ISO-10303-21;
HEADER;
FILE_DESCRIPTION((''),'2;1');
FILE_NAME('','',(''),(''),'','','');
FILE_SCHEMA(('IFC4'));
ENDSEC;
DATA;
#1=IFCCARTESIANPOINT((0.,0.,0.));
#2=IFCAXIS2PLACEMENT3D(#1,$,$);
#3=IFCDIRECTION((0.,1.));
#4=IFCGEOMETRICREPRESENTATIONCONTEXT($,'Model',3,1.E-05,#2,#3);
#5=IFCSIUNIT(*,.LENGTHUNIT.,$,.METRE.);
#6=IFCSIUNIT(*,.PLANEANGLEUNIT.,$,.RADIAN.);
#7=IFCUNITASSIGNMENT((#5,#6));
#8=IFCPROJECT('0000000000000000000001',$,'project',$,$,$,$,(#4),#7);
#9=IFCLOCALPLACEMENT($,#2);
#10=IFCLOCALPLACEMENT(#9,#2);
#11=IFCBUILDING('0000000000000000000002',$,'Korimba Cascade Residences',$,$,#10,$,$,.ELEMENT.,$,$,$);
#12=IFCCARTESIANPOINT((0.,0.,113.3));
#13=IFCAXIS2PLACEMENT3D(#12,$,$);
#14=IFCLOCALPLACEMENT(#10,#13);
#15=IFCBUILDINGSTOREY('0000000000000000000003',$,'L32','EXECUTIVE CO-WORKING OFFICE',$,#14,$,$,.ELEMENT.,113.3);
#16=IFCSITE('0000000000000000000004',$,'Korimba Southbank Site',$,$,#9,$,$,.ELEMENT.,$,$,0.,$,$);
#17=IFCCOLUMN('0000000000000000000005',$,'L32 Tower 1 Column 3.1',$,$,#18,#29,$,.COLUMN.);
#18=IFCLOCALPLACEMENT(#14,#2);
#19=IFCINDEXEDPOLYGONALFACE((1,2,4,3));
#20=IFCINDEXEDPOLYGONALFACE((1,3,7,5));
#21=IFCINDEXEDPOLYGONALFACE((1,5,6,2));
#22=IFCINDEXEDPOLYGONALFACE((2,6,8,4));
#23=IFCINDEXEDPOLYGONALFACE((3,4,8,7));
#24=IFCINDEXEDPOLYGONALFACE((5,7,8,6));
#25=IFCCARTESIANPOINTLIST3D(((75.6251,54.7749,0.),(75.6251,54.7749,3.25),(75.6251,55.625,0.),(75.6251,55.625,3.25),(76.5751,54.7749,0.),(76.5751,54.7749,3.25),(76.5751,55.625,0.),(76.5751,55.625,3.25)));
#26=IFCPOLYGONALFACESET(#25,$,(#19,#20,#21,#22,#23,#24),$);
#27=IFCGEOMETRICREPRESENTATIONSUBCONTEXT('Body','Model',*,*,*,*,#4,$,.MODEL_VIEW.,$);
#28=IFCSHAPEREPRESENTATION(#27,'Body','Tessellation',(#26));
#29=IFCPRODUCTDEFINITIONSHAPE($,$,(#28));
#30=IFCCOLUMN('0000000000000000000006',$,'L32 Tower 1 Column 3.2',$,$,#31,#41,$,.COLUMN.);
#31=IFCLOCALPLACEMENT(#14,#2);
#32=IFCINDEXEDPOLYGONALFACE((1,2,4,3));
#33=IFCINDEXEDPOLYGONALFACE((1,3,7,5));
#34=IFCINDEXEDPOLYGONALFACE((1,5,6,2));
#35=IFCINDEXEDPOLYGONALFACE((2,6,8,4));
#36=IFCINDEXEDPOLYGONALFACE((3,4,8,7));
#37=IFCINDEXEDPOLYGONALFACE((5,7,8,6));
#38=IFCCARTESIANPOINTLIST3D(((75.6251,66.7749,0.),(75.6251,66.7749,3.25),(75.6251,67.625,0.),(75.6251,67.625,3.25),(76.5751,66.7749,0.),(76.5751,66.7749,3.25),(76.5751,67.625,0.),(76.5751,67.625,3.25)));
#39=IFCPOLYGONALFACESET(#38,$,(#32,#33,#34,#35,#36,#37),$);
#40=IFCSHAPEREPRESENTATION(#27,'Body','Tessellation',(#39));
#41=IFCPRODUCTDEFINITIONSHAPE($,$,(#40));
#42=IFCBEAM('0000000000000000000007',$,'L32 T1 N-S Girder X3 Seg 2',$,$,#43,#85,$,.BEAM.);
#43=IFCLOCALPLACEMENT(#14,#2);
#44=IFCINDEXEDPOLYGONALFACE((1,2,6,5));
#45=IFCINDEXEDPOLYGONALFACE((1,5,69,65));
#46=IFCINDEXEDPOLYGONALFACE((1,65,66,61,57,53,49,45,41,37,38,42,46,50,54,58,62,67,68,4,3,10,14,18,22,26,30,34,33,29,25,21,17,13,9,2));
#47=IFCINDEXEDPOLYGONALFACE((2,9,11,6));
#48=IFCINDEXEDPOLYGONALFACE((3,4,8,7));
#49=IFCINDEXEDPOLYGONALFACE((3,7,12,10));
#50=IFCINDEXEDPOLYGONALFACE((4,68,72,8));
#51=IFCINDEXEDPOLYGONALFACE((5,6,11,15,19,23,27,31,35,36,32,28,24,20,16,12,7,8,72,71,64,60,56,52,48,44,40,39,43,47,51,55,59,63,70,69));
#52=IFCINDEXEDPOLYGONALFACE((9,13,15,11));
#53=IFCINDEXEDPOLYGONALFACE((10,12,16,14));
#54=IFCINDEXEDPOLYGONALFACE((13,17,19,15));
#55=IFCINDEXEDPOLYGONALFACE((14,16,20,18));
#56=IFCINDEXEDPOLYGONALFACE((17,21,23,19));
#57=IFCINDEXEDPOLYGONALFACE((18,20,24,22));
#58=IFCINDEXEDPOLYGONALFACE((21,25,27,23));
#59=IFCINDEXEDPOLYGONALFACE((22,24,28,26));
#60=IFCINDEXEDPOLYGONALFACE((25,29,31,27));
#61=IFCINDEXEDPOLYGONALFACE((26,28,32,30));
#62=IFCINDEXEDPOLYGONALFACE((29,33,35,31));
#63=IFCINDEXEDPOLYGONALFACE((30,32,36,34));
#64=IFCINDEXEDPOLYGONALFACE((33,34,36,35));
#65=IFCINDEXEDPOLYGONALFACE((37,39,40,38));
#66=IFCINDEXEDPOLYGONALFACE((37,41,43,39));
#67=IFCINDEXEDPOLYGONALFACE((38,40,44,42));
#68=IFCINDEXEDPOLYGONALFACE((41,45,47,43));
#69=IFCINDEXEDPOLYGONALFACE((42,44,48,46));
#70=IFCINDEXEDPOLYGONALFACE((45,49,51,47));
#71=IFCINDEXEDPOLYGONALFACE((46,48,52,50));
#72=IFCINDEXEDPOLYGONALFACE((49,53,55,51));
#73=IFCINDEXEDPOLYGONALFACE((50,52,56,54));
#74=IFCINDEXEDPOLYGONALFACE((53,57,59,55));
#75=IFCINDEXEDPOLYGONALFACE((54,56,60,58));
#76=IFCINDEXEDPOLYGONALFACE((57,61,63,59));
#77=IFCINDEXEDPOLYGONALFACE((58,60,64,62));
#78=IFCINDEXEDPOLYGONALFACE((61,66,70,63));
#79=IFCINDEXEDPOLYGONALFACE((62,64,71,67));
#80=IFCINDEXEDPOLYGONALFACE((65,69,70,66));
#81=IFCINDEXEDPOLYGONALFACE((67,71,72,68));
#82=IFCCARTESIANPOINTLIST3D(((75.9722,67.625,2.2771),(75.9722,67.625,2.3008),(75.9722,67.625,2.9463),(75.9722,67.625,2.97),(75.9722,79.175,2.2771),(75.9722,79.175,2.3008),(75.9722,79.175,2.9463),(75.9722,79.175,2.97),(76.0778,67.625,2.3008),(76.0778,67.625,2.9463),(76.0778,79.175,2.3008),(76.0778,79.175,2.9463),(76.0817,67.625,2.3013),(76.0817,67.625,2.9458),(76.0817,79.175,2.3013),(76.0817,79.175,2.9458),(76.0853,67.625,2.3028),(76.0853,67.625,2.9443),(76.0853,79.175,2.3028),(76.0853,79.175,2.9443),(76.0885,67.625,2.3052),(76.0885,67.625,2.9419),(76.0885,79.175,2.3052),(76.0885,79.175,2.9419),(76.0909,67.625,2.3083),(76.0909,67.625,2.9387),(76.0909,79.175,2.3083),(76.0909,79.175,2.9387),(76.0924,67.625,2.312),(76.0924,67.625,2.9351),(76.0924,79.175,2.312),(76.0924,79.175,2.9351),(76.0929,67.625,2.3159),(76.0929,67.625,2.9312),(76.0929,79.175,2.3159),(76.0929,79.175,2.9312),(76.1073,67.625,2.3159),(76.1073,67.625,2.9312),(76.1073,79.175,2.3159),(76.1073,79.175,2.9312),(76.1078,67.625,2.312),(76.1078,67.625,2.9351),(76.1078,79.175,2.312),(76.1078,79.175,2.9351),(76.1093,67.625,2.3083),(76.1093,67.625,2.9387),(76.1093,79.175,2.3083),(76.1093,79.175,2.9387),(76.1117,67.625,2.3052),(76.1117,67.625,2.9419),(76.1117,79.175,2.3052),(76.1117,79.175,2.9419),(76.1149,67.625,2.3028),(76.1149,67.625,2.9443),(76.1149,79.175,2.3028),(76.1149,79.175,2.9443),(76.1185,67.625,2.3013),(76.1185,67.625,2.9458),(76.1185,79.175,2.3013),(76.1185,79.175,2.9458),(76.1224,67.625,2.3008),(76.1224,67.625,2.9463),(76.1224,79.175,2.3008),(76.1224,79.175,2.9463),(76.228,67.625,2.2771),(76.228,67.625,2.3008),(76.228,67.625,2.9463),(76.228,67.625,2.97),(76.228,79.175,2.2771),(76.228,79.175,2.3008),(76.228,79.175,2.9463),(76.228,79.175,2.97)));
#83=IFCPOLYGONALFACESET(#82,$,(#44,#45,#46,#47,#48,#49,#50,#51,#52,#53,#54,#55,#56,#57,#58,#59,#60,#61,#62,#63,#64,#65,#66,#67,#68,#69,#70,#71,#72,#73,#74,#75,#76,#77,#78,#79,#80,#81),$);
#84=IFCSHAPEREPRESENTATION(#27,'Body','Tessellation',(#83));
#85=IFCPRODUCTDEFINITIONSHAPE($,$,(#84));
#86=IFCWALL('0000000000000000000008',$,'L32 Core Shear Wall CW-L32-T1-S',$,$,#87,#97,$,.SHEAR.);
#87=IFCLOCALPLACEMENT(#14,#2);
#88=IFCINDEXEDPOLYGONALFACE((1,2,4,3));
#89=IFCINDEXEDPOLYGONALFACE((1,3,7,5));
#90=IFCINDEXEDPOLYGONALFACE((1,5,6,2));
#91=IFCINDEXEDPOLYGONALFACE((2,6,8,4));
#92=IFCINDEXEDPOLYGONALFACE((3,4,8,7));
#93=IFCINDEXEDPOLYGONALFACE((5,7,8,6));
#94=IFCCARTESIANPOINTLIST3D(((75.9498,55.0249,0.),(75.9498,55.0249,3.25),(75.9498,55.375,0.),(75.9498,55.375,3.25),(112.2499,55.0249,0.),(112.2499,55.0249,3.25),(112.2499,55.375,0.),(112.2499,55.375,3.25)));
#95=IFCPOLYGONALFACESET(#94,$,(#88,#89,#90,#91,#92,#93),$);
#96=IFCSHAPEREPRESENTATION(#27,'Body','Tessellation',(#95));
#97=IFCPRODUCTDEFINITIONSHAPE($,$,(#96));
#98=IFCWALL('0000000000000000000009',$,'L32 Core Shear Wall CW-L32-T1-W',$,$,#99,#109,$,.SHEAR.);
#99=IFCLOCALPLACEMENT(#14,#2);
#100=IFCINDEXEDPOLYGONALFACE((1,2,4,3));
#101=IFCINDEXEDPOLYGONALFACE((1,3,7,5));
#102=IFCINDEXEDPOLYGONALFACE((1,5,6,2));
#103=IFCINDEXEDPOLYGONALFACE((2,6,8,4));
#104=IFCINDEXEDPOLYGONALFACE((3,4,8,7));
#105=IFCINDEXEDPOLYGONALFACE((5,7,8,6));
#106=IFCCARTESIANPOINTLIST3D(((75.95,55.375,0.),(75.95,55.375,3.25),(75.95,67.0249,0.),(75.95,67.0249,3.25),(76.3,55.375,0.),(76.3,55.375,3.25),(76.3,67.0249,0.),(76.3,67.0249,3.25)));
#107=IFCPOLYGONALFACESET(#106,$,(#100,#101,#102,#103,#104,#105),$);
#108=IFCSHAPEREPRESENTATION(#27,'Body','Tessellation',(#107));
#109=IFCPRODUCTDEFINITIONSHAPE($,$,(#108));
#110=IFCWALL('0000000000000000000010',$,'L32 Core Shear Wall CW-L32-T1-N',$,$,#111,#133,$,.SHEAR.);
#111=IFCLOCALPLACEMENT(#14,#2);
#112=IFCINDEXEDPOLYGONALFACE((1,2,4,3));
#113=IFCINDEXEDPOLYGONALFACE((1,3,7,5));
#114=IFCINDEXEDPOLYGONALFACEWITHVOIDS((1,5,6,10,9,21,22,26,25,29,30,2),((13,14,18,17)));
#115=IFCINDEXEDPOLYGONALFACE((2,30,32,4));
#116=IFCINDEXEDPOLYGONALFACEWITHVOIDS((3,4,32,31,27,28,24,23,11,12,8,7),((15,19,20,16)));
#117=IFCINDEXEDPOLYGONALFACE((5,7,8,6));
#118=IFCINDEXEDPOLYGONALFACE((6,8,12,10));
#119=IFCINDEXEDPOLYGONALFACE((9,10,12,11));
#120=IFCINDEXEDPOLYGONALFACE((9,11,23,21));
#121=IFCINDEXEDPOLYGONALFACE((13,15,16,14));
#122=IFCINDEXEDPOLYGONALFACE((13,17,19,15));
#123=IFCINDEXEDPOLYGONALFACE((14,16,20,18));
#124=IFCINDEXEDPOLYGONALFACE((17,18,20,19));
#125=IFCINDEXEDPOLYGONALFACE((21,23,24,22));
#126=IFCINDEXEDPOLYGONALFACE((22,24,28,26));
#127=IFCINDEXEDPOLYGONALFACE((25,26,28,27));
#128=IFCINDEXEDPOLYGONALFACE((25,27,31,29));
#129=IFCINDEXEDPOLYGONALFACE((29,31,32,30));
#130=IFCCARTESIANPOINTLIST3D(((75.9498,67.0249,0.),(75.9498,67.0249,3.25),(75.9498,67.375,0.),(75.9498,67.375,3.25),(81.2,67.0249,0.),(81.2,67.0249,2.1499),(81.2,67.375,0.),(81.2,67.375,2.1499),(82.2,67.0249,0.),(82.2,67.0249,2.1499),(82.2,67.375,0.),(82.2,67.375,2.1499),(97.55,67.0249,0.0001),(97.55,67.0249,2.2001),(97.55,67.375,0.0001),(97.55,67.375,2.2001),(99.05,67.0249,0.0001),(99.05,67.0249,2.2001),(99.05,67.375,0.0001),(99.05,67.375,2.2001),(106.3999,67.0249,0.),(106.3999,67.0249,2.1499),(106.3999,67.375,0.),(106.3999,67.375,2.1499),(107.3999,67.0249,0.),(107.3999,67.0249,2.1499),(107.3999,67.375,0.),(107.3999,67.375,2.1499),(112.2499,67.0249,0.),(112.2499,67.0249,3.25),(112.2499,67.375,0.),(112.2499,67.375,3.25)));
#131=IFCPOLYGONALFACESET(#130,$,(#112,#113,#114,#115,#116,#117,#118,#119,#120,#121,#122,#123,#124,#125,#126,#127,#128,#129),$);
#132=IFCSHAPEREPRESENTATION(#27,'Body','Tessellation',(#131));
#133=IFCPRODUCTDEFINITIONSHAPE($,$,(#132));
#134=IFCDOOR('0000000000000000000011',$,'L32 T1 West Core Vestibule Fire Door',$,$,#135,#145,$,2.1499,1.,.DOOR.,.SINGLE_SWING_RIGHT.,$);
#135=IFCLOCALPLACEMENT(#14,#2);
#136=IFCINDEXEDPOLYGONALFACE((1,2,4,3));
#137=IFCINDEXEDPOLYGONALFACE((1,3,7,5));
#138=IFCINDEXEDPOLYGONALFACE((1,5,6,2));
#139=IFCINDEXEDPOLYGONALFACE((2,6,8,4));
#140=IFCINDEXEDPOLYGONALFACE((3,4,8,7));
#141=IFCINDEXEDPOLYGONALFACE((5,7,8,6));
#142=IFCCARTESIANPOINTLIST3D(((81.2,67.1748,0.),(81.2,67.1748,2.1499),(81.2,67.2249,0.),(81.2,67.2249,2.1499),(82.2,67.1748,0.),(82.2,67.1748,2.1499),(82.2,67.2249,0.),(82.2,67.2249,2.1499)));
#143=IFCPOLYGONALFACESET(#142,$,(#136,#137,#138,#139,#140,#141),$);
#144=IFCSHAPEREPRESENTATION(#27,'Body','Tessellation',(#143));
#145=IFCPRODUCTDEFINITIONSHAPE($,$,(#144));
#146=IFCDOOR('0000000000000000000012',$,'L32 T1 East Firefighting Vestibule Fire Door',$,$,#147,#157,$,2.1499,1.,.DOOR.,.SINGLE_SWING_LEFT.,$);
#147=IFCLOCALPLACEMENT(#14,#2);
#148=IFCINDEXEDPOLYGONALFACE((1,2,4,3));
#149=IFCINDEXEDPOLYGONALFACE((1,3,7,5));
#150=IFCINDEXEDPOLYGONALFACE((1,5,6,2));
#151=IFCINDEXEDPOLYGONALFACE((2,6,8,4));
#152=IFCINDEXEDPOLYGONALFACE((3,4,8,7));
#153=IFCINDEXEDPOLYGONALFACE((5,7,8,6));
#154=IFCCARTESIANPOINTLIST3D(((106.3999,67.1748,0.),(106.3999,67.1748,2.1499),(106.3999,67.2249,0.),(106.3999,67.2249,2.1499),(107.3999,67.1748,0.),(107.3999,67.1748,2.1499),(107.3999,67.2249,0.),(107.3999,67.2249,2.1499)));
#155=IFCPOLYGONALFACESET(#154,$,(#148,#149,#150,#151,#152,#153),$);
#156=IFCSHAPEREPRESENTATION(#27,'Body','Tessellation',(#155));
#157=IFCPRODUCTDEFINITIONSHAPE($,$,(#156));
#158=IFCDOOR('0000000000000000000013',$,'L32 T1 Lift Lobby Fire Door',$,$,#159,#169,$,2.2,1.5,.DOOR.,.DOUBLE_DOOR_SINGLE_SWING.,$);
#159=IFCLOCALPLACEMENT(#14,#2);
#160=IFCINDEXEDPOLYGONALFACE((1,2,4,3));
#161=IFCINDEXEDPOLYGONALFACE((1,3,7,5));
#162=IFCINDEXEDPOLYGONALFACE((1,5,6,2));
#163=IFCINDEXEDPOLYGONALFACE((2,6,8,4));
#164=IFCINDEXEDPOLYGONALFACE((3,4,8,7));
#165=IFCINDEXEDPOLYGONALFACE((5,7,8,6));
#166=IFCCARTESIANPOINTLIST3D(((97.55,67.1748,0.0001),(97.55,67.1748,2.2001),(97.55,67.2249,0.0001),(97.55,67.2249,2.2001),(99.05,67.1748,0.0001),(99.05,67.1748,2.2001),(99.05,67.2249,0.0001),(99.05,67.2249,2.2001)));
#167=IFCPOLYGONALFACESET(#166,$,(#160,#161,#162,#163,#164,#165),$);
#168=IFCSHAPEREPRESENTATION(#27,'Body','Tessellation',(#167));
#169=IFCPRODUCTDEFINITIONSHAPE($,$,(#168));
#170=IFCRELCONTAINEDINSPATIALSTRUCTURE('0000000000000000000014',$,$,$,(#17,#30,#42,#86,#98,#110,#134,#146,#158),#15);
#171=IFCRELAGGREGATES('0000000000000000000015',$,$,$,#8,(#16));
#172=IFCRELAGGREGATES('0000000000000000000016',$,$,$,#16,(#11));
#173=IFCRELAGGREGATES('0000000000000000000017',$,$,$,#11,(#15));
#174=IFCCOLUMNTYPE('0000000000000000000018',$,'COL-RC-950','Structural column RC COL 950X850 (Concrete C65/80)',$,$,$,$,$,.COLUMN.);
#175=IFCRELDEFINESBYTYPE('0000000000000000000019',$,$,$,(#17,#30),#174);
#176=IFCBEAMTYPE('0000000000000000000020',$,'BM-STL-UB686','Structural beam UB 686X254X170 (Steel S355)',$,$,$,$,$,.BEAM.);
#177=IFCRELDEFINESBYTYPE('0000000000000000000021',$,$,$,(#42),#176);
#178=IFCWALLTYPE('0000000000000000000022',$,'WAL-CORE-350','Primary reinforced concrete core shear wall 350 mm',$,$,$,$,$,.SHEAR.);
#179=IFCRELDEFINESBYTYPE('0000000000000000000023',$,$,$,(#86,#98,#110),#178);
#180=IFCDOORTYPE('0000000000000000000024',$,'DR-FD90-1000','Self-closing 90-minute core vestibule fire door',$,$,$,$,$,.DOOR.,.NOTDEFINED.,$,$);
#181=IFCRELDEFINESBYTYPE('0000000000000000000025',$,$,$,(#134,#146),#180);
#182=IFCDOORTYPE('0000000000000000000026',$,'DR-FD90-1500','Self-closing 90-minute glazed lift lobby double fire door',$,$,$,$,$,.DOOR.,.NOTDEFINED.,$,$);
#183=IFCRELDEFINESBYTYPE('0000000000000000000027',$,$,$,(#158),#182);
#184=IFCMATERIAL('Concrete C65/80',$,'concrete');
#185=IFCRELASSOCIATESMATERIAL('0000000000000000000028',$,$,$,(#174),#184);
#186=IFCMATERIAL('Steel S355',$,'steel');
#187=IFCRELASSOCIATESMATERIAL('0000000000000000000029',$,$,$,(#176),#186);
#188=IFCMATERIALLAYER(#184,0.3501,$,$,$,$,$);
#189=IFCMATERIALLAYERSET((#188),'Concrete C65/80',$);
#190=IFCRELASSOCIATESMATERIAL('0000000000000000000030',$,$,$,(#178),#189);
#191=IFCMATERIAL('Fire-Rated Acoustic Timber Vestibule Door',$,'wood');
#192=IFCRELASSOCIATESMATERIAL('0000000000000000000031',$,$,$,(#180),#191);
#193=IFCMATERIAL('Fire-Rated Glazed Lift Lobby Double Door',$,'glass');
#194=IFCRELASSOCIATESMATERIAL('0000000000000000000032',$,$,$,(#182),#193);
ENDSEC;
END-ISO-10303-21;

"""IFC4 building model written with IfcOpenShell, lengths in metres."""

from ifc_helpers import new_model, si_unit, direction, frame, frame_2d, origin, origin_2d, place, context, subcontext, project, spatial, rectangle, i_section, extrude, material, layer, layer_set, material_profile, profile_set, type_object, element, fill, save


model = new_model("IFC4")

# Units and contexts
model_context = context("Model", 3, precision=1e-05, world=origin(), true_north=direction((0.0, 1.0)))
body_context = subcontext(model_context, "Body", "Model", "MODEL_VIEW")
ifc_project = project(units=[si_unit("LENGTHUNIT", "METRE"), si_unit("PLANEANGLEUNIT", "RADIAN")], contexts=[model_context])

# Site, building, storey
site_placement = place(None, origin())
site = spatial("IfcSite", under=ifc_project, at=site_placement, Name="Korimba Southbank Site", CompositionType="ELEMENT", RefElevation=0.0)
building_placement = place(site_placement, origin())
building = spatial("IfcBuilding", under=site, at=building_placement, Name="Korimba Cascade Residences", CompositionType="ELEMENT")
storey_placement = place(building_placement, frame((0.0, 0.0, 113.3)))
storey = spatial("IfcBuildingStorey", under=building, at=storey_placement, Name="L32", Description="EXECUTIVE CO-WORKING OFFICE", CompositionType="ELEMENT", Elevation=113.3)

# Columns
ifc_material_1 = material(Name="Concrete C65/80", Category="concrete")
ifc_material_profile_1 = material_profile(ifc_material_1, rectangle(XDim=0.95, YDim=0.8501, at=origin_2d()), Name="Concrete C65/80")
ifc_profile_set_1 = profile_set([ifc_material_profile_1], Name="Concrete C65/80")
column_type = type_object("IfcColumnType", Name="COL-RC-950", Description="Structural column RC COL 950X850 (Concrete C65/80)", PredefinedType="COLUMN", material=ifc_profile_set_1)
for number, where, z_axis, x_axis, name in (
    (1, (76.1001, 55.2, 0.0), (0.0, 0.0, 1.0), (1.0, 0.0, 0.0), "L32 Tower 1 Column 3.1"),
    (2, (76.1001, 67.2, 0.0), (0.0, 0.0, 1.0), (1.0, 0.0, 0.0), "L32 Tower 1 Column 3.2"),
):
    element("IfcColumn", number, at=place(storey_placement, frame(where, z_axis=z_axis, x_axis=x_axis)), inside=storey, type_object=column_type, Name=name, PredefinedType="COLUMN", context=body_context, shape_type="SweptSolid", body=[
        extrude(rectangle(XDim=0.95, YDim=0.8501, at=origin_2d()), origin(), (0.0, 0.0, 1.0), 3.25),
    ])

# Beam
ifc_material_2 = material(Name="Steel S355", Category="steel")
ifc_material_profile_2 = material_profile(ifc_material_2, i_section(OverallWidth=0.2559, OverallDepth=0.6929, WebThickness=0.0144, FlangeThickness=0.0237, FilletRadius=0.0151, at=origin_2d()), Name="Steel S355")
ifc_profile_set_2 = profile_set([ifc_material_profile_2], Name="Steel S355")
beam_type = type_object("IfcBeamType", Name="BM-STL-UB686", Description="Structural beam UB 686X254X170 (Steel S355)", PredefinedType="BEAM", material=ifc_profile_set_2)
beam_placement = place(storey_placement, frame((76.1001, 67.625, 2.6235), z_axis=(0.0, 1.0, 0.0), x_axis=(-1.0, 0.0, 0.0)))
element("IfcBeam", 3, at=beam_placement, inside=storey, type_object=beam_type, Name="L32 T1 N-S Girder X3 Seg 2", PredefinedType="BEAM", context=body_context, shape_type="SweptSolid", body=[
    extrude(i_section(OverallWidth=0.2559, OverallDepth=0.6929, WebThickness=0.0144, FlangeThickness=0.0237, FilletRadius=0.0151, at=origin_2d()), origin(), (0.0, 0.0, 1.0), 11.55),
])

# Walls
ifc_layer_1 = layer(ifc_material_1, 0.3501)
ifc_layer_set_1 = layer_set([ifc_layer_1], Name="Concrete C65/80")
wall_type_1 = type_object("IfcWallType", Name="WAL-CORE-350", Description="Primary reinforced concrete core shear wall 350 mm", PredefinedType="SHEAR", material=ifc_layer_set_1)
wall_1_placement = place(storey_placement, frame((75.95, 55.2, 0.0), z_axis=(0.0, 0.0, 1.0), x_axis=(1.0, 0.0, 0.0)))
element("IfcWall", 4, at=wall_1_placement, inside=storey, type_object=wall_type_1, Name="L32 Core Shear Wall CW-L32-T1-S", PredefinedType="SHEAR", context=body_context, shape_type="SweptSolid", body=[
    extrude(rectangle(XDim=36.3, YDim=0.3501, at=frame_2d((18.1499, 0.0))), origin(), (0.0, 0.0, 1.0), 3.25),
])
wall_2_placement = place(storey_placement, frame((76.125, 55.375, 0.0), z_axis=(0.0, 0.0, 1.0), x_axis=(0.0, 1.0, 0.0)))
element("IfcWall", 5, at=wall_2_placement, inside=storey, type_object=wall_type_1, Name="L32 Core Shear Wall CW-L32-T1-W", PredefinedType="SHEAR", context=body_context, shape_type="SweptSolid", body=[
    extrude(rectangle(XDim=11.6499, YDim=0.3501, at=frame_2d((5.825, 0.0))), origin(), (0.0, 0.0, 1.0), 3.25),
])

# Wall, openings, doors
wall_3_placement = place(storey_placement, frame((75.95, 67.2, 0.0), z_axis=(0.0, 0.0, 1.0), x_axis=(1.0, 0.0, 0.0)))
wall_3 = element("IfcWall", 6, at=wall_3_placement, inside=storey, type_object=wall_type_1, Name="L32 Core Shear Wall CW-L32-T1-N", PredefinedType="SHEAR", context=body_context, shape_type="SweptSolid", body=[
    extrude(rectangle(XDim=36.3, YDim=0.3501, at=frame_2d((18.1499, 0.0))), origin(), (0.0, 0.0, 1.0), 3.25),
])
opening_1_placement = place(wall_3_placement, frame((5.25, 0.0, 0.0)))
opening_1 = element("IfcOpeningElement", 7, at=opening_1_placement, cuts=wall_3, PredefinedType="OPENING", context=body_context, shape_type="SweptSolid", body=[
    extrude(rectangle(XDim=1.0, YDim=2.1499, at=frame_2d((0.5, 1.075))), frame((0.0, 0.1851, 0.0), z_axis=(0.0, -1.0, 0.0), x_axis=(1.0, 0.0, 0.0)), (0.0, 0.0, 1.0), 0.3701),
])
opening_2_placement = place(wall_3_placement, frame((21.6001, 0.0, 0.0)))
opening_2 = element("IfcOpeningElement", 8, at=opening_2_placement, cuts=wall_3, PredefinedType="OPENING", context=body_context, shape_type="SweptSolid", body=[
    extrude(rectangle(XDim=1.5, YDim=2.2, at=frame_2d((0.75, 1.1001))), frame((0.0, 0.1851, 0.0), z_axis=(0.0, -1.0, 0.0), x_axis=(1.0, 0.0, 0.0)), (0.0, 0.0, 1.0), 0.3701),
])
opening_3_placement = place(wall_3_placement, frame((30.45, 0.0, 0.0)))
opening_3 = element("IfcOpeningElement", 9, at=opening_3_placement, cuts=wall_3, PredefinedType="OPENING", context=body_context, shape_type="SweptSolid", body=[
    extrude(rectangle(XDim=1.0, YDim=2.1499, at=frame_2d((0.5, 1.075))), frame((0.0, 0.1851, 0.0), z_axis=(0.0, -1.0, 0.0), x_axis=(1.0, 0.0, 0.0)), (0.0, 0.0, 1.0), 0.3701),
])
ifc_material_3 = material(Name="Fire-Rated Acoustic Timber Vestibule Door", Category="wood")
door_type_1 = type_object("IfcDoorType", Name="DR-FD90-1000", Description="Self-closing 90-minute core vestibule fire door", OperationType="NOTDEFINED", PredefinedType="DOOR", material=ifc_material_3)
door_1_placement = place(opening_1_placement, origin())
door_1 = element("IfcDoor", 10, at=door_1_placement, inside=storey, type_object=door_type_1, Name="L32 T1 West Core Vestibule Fire Door", OperationType="SINGLE_SWING_RIGHT", OverallHeight=2.1499, OverallWidth=1.0, PredefinedType="DOOR", context=body_context, shape_type="SweptSolid", body=[
    extrude(rectangle(XDim=1.0, YDim=2.1499, at=frame_2d((0.5, 1.075))), frame((0.0, 0.0249, 0.0), z_axis=(0.0, -1.0, 0.0), x_axis=(1.0, 0.0, 0.0)), (0.0, 0.0, 1.0), 0.05),
])
fill(opening_1, door_1)
door_2_placement = place(opening_3_placement, origin())
door_2 = element("IfcDoor", 11, at=door_2_placement, inside=storey, type_object=door_type_1, Name="L32 T1 East Firefighting Vestibule Fire Door", OperationType="SINGLE_SWING_LEFT", OverallHeight=2.1499, OverallWidth=1.0, PredefinedType="DOOR", context=body_context, shape_type="SweptSolid", body=[
    extrude(rectangle(XDim=1.0, YDim=2.1499, at=frame_2d((0.5, 1.075))), frame((0.0, 0.0249, 0.0), z_axis=(0.0, -1.0, 0.0), x_axis=(1.0, 0.0, 0.0)), (0.0, 0.0, 1.0), 0.05),
])
fill(opening_3, door_2)
ifc_material_4 = material(Name="Fire-Rated Glazed Lift Lobby Double Door", Category="glass")
door_type_2 = type_object("IfcDoorType", Name="DR-FD90-1500", Description="Self-closing 90-minute glazed lift lobby double fire door", OperationType="NOTDEFINED", PredefinedType="DOOR", material=ifc_material_4)
door_3_placement = place(opening_2_placement, origin())
door_3 = element("IfcDoor", 12, at=door_3_placement, inside=storey, type_object=door_type_2, Name="L32 T1 Lift Lobby Fire Door", OperationType="DOUBLE_DOOR_SINGLE_SWING", OverallHeight=2.2, OverallWidth=1.5, PredefinedType="DOOR", context=body_context, shape_type="SweptSolid", body=[
    extrude(rectangle(XDim=1.5, YDim=2.2, at=frame_2d((0.75, 1.1001))), frame((0.0, 0.0249, 0.0), z_axis=(0.0, -1.0, 0.0), x_axis=(1.0, 0.0, 0.0)), (0.0, 0.0, 1.0), 0.05),
])
fill(opening_2, door_3)

save(model, "model.ifc")
